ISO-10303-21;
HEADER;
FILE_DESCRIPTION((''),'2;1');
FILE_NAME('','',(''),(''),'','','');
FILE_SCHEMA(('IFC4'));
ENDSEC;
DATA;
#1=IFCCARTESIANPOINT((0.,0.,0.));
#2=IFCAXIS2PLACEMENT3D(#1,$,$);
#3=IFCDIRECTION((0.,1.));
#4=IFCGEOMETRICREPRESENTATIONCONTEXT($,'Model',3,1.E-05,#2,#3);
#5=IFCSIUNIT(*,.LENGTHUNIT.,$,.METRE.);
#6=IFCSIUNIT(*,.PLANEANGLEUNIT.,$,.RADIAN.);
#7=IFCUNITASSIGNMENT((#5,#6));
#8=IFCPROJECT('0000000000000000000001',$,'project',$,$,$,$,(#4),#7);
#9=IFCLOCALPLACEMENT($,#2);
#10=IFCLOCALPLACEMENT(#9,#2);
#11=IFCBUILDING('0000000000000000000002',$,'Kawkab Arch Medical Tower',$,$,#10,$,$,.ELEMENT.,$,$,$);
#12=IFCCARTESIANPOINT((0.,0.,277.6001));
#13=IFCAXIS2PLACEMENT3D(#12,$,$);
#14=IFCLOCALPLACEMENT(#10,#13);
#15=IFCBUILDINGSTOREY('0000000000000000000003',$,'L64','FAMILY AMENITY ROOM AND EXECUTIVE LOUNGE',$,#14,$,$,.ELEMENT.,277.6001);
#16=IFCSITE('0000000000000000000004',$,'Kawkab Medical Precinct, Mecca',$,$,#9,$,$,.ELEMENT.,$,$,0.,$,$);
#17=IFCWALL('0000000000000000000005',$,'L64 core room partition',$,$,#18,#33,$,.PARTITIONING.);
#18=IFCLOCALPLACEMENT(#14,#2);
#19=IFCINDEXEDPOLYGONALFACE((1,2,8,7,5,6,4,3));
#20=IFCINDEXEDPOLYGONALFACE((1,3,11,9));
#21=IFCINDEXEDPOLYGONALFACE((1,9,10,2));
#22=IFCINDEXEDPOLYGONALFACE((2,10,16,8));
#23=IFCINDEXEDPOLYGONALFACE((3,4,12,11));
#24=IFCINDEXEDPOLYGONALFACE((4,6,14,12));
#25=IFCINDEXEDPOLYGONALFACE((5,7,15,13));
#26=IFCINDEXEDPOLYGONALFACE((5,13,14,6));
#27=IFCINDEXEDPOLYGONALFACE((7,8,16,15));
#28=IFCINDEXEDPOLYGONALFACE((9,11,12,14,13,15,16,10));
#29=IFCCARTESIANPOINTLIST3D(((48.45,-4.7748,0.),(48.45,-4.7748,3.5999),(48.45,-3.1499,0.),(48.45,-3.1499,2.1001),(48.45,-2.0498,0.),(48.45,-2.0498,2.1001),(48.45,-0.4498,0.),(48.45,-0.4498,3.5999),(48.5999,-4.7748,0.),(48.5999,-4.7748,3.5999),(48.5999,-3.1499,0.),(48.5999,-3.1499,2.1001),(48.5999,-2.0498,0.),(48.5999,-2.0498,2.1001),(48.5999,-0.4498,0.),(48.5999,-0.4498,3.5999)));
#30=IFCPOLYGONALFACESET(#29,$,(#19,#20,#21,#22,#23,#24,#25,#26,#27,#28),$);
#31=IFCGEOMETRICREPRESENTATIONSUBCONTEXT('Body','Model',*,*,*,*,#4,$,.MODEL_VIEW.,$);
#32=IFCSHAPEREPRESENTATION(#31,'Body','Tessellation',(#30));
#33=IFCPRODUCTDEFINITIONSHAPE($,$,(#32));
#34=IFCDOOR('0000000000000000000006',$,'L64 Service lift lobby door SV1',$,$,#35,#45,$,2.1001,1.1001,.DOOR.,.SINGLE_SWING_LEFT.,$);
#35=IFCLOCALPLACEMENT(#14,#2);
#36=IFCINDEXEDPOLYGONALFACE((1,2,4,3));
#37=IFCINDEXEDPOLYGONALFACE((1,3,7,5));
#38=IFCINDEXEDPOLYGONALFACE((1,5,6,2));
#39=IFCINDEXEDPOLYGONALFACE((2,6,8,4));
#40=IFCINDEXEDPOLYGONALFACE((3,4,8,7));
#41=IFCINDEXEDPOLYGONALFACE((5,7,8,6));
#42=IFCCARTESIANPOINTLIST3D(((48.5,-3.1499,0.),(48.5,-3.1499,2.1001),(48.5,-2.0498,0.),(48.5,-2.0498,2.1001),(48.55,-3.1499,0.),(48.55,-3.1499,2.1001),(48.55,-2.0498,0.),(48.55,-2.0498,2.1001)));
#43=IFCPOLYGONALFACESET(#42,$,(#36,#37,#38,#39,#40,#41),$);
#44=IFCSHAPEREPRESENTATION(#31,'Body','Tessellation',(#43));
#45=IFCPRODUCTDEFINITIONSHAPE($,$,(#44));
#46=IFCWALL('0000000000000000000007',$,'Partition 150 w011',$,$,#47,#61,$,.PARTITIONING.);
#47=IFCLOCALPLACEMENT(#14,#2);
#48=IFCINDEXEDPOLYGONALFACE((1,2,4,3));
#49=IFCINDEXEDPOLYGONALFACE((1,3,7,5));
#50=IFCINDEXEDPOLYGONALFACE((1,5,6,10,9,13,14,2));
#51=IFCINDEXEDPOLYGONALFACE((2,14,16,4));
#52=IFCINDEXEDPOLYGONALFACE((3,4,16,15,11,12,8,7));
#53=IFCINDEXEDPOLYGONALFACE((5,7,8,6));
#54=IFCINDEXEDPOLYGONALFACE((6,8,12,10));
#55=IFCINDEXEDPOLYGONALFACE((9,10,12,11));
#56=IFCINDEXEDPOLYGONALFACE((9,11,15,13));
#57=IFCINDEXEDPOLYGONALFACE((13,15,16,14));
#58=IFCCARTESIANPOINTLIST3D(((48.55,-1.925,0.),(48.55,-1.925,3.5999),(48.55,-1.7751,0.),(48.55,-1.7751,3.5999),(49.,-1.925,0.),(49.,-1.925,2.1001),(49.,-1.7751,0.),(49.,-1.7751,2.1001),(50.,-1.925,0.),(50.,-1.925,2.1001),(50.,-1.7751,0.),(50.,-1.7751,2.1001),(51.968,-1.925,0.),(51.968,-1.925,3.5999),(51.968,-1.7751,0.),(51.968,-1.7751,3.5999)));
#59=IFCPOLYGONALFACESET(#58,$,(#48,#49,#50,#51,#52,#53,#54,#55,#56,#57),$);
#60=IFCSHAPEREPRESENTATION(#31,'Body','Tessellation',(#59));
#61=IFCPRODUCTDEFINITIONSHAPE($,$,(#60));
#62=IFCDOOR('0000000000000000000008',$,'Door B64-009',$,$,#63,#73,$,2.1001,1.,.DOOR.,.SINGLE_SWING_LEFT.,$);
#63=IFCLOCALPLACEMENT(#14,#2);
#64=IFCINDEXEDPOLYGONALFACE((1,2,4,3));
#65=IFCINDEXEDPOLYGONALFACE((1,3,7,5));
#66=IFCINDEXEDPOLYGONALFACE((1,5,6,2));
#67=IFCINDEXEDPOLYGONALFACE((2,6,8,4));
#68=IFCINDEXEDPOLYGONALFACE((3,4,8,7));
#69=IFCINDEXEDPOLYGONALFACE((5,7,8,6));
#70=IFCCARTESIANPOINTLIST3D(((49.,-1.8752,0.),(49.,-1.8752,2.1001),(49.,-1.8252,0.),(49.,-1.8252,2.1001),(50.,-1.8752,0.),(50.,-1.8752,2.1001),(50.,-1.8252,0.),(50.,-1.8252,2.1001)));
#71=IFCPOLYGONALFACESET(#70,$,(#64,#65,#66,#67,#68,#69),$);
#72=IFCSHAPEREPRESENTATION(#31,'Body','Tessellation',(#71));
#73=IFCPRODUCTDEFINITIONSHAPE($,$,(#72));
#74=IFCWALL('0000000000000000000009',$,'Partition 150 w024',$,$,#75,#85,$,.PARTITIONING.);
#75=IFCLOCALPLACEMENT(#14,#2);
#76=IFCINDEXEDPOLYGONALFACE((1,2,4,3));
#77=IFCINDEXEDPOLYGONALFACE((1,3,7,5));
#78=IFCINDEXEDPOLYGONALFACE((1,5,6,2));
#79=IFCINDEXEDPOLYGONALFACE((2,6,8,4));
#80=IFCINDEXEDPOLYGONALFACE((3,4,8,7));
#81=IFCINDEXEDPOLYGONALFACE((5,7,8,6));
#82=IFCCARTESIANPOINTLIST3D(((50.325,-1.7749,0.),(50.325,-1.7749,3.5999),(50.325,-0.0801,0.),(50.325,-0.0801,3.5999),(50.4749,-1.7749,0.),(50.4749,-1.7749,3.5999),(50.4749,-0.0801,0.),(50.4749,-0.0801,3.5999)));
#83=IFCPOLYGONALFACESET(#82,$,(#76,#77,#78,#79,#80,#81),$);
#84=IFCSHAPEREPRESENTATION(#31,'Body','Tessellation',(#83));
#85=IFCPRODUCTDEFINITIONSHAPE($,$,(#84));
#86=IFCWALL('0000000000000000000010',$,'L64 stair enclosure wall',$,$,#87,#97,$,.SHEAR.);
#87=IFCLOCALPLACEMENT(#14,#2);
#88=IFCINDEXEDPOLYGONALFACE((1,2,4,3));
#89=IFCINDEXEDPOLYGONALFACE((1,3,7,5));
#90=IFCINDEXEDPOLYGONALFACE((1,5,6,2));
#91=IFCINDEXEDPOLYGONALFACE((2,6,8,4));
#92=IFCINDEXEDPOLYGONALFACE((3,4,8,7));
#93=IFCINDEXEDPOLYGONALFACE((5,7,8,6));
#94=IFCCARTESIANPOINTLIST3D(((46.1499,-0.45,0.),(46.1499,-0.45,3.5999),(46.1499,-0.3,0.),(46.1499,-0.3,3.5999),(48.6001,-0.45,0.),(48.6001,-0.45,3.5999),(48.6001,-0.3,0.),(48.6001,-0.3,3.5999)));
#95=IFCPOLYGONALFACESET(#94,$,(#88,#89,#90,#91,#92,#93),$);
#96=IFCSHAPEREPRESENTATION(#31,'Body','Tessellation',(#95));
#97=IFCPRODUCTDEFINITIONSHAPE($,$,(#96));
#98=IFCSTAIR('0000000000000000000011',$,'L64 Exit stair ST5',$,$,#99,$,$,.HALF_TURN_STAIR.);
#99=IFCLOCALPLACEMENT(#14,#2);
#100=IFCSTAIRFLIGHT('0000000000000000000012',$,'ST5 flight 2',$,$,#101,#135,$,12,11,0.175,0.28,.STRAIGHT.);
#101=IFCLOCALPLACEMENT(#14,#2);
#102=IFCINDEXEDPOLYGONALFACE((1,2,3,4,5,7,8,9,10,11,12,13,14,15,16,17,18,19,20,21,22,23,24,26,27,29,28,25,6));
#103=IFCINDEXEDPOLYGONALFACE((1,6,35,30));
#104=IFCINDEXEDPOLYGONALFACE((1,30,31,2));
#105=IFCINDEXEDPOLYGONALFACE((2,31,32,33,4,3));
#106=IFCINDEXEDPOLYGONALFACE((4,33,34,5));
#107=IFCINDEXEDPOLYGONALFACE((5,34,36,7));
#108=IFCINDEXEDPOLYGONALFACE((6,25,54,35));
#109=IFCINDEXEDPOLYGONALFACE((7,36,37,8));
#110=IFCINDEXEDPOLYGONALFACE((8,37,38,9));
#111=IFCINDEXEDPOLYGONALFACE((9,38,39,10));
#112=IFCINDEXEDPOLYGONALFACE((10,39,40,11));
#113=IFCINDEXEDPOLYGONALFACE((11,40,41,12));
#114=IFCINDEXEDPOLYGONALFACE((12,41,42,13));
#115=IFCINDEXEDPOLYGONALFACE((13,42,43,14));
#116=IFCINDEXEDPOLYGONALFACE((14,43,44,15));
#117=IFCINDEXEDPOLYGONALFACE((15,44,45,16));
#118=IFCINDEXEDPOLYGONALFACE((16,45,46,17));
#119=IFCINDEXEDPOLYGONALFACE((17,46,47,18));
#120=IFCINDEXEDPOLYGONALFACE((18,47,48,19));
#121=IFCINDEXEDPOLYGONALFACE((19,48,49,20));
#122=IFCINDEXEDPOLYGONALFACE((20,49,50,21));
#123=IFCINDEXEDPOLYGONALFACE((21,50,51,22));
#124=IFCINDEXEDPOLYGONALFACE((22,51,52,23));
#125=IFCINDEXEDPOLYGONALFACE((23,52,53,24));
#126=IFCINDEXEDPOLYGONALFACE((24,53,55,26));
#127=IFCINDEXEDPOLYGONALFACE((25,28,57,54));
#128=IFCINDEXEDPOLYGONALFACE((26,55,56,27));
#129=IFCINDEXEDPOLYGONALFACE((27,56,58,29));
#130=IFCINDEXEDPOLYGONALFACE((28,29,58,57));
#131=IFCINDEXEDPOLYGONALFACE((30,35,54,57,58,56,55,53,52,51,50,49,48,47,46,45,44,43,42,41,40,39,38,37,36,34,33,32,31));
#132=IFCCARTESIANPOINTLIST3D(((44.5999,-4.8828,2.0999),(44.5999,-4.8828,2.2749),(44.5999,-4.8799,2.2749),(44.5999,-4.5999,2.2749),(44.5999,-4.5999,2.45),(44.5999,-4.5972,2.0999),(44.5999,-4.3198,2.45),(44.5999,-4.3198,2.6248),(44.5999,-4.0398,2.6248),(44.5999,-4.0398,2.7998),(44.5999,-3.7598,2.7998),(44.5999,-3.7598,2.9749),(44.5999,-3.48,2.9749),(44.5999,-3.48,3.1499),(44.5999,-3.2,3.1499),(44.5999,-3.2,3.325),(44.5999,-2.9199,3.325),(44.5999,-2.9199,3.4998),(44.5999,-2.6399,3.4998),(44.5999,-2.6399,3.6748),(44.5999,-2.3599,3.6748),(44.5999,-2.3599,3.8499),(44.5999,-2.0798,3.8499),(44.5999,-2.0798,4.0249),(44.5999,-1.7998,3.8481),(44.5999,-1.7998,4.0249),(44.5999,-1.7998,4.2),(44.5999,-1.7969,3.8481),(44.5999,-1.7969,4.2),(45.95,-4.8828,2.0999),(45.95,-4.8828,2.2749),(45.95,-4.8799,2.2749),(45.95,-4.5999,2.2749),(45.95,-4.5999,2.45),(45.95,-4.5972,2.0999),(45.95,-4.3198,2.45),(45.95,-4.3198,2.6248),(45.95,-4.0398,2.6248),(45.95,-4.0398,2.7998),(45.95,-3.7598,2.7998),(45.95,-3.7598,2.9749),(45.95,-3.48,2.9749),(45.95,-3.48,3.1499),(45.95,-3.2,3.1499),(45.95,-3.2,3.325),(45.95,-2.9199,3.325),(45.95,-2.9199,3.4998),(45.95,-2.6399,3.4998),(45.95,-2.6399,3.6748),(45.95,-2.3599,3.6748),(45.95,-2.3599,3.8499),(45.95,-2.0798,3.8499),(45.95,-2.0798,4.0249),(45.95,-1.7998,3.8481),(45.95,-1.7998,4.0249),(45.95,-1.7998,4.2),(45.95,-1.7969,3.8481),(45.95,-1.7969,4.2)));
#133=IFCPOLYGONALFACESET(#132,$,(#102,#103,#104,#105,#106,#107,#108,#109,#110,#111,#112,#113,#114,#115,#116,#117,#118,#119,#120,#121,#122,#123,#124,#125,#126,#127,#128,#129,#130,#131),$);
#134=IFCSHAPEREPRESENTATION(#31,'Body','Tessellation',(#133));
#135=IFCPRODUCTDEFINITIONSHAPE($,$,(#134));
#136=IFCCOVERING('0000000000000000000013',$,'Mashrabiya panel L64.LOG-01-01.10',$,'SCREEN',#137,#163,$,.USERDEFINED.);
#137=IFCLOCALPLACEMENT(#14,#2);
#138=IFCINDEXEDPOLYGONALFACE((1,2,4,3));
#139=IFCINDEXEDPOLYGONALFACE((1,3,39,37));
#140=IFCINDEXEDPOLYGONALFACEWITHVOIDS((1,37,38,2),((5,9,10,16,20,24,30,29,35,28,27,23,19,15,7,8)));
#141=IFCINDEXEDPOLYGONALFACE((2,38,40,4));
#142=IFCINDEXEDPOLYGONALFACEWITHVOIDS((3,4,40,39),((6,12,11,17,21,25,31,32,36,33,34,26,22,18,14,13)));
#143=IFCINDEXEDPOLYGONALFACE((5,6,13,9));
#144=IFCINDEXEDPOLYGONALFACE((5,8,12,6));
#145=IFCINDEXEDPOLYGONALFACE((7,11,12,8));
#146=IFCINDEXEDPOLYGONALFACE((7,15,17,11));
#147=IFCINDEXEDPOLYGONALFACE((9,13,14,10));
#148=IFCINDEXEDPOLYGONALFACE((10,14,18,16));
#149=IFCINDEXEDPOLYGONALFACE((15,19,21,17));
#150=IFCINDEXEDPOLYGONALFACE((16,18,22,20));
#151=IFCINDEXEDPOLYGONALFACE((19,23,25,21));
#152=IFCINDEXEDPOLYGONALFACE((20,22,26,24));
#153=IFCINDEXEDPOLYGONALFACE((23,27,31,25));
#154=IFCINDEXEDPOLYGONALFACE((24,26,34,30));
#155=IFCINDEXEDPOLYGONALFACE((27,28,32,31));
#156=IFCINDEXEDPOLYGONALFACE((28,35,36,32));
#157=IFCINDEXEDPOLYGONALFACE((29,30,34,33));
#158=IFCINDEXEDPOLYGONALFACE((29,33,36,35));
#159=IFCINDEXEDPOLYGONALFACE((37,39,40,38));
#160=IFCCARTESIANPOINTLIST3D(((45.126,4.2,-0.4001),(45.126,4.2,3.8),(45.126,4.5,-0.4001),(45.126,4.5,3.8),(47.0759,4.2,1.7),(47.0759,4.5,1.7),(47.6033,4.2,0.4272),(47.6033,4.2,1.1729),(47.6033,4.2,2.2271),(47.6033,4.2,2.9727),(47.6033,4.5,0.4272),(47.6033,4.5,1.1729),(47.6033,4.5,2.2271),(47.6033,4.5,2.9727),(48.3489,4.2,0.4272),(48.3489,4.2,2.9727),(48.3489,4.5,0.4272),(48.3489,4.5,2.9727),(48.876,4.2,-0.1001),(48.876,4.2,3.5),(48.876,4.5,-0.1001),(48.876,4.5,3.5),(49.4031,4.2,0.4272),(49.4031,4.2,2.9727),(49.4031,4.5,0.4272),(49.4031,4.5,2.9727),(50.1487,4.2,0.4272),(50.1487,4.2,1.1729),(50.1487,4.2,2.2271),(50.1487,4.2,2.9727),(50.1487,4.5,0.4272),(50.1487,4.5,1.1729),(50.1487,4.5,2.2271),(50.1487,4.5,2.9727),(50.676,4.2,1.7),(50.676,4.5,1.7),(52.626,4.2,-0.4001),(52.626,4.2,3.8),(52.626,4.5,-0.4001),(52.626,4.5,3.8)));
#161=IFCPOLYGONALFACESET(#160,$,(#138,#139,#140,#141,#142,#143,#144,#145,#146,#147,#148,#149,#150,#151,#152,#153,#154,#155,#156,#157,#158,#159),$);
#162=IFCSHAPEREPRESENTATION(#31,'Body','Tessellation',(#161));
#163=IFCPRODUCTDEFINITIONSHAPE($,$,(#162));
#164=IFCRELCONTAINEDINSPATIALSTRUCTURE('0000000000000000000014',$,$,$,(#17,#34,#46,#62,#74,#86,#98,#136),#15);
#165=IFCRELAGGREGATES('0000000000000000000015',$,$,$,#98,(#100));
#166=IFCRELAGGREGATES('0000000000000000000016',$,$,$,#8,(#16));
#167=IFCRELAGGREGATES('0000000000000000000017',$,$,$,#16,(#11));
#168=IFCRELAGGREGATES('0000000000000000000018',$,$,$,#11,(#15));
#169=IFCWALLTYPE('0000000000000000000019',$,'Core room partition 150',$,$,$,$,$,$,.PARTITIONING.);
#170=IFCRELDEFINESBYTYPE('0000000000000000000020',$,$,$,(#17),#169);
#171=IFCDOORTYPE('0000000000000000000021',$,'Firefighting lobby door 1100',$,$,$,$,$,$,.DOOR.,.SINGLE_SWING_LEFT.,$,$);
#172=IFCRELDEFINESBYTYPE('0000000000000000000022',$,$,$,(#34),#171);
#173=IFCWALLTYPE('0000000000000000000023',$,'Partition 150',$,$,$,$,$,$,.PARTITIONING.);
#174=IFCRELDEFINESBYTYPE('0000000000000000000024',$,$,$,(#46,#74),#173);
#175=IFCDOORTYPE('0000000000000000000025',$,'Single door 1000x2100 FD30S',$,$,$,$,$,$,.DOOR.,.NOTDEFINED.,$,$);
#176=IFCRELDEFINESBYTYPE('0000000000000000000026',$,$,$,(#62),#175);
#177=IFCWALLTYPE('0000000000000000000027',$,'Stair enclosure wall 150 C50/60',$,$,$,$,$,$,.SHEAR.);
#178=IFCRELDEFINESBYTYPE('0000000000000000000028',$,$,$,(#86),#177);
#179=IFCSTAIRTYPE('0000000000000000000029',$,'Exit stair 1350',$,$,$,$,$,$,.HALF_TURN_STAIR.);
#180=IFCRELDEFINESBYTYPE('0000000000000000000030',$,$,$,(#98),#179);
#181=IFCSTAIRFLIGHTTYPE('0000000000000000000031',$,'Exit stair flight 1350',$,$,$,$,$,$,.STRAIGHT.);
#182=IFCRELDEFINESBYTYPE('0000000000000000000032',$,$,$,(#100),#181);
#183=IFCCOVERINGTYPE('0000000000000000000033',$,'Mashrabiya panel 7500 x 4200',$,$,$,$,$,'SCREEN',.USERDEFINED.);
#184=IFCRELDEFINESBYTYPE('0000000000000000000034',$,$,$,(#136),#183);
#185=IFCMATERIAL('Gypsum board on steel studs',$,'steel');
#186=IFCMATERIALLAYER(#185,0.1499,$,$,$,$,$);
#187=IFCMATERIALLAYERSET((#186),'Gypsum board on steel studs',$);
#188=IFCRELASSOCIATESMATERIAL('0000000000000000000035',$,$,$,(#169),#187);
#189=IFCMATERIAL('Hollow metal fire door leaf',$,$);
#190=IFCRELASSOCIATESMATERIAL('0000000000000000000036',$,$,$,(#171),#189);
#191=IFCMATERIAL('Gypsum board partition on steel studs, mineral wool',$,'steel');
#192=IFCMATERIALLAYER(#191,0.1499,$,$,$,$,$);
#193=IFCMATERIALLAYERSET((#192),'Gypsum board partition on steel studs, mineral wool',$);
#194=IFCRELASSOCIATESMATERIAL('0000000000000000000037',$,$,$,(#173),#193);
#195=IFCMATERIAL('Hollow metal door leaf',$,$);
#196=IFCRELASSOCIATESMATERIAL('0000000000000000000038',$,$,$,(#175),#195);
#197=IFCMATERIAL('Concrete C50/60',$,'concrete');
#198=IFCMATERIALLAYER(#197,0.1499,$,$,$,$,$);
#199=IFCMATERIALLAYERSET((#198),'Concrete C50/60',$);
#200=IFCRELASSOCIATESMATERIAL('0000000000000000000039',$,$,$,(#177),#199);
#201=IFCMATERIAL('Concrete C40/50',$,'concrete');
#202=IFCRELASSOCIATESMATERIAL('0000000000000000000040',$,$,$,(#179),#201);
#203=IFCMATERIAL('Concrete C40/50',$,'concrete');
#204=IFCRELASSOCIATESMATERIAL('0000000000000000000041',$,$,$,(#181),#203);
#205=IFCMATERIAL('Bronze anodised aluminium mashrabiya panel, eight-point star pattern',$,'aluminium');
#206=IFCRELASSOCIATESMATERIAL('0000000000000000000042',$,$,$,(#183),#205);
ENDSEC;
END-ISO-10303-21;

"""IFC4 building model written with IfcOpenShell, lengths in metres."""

from ifc_helpers import new_model, si_unit, direction, frame, frame_2d, origin, place, context, subcontext, project, spatial, polyline, rectangle, outline, extrude, material, layer, layer_set, material_profile, profile_set, type_object, element, fill, aggregate, save


model = new_model("IFC4")

# Units and contexts
model_context = context("Model", 3, precision=1e-05, world=origin(), true_north=direction((0.0, 1.0)))
body_context = subcontext(model_context, "Body", "Model", "MODEL_VIEW")
ifc_project = project(units=[si_unit("LENGTHUNIT", "METRE"), si_unit("PLANEANGLEUNIT", "RADIAN")], contexts=[model_context])

# Site, building, storey
site_placement = place(None, origin())
site = spatial("IfcSite", under=ifc_project, at=site_placement, Name="Kawkab Medical Precinct, Mecca", CompositionType="ELEMENT", RefElevation=0.0)
building_placement = place(site_placement, origin())
building = spatial("IfcBuilding", under=site, at=building_placement, Name="Kawkab Arch Medical Tower", CompositionType="ELEMENT")
storey_placement = place(building_placement, frame((0.0, 0.0, 277.6001)))
storey = spatial("IfcBuildingStorey", under=building, at=storey_placement, Name="L64", Description="FAMILY AMENITY ROOM AND EXECUTIVE LOUNGE", CompositionType="ELEMENT", Elevation=277.6001)

# Shared definitions
placement = place(storey_placement, origin())

# Walls, openings, doors
ifc_material_1 = material(Name="Gypsum board on steel studs", Category="steel")
ifc_layer_1 = layer(ifc_material_1, 0.1499)
ifc_layer_set_1 = layer_set([ifc_layer_1], Name="Gypsum board on steel studs")
wall_type_1 = type_object("IfcWallType", Name="Core room partition 150", PredefinedType="PARTITIONING", material=ifc_layer_set_1)
wall_1_placement = place(storey_placement, frame((48.5249, -4.7749, 0.0), z_axis=(0.0, 0.0, 1.0), x_axis=(0.0, 1.0, 0.0)))
wall_1 = element("IfcWall", 1, at=wall_1_placement, inside=storey, type_object=wall_type_1, Name="L64 core room partition", PredefinedType="PARTITIONING", context=body_context, shape_type="SweptSolid", body=[
    extrude(rectangle(XDim=4.325, YDim=0.1499, at=frame_2d((2.1626, 0.0))), origin(), (0.0, 0.0, 1.0), 3.5999),
])
opening_1_placement = place(wall_1_placement, frame((1.625, 0.0, 0.0)))
opening_1 = element("IfcOpeningElement", 2, at=opening_1_placement, cuts=wall_1, PredefinedType="OPENING", context=body_context, shape_type="SweptSolid", body=[
    extrude(rectangle(XDim=1.1001, YDim=2.1001, at=frame_2d((0.55, 1.05))), frame((0.0, 0.085, 0.0), z_axis=(0.0, -1.0, 0.0), x_axis=(1.0, 0.0, 0.0)), (0.0, 0.0, 1.0), 0.1699),
])
ifc_material_2 = material(Name="Hollow metal fire door leaf")
door_type_1 = type_object("IfcDoorType", Name="Firefighting lobby door 1100", OperationType="SINGLE_SWING_LEFT", PredefinedType="DOOR", material=ifc_material_2)
door_1_placement = place(opening_1_placement, origin())
door_1 = element("IfcDoor", 3, at=door_1_placement, inside=storey, type_object=door_type_1, Name="L64 Service lift lobby door SV1", OperationType="SINGLE_SWING_LEFT", OverallHeight=2.1001, OverallWidth=1.1001, PredefinedType="DOOR", context=body_context, shape_type="SweptSolid", body=[
    extrude(rectangle(XDim=1.1001, YDim=2.1001, at=frame_2d((0.55, 1.05))), frame((0.0, 0.0249, 0.0), z_axis=(0.0, -1.0, 0.0), x_axis=(1.0, 0.0, 0.0)), (0.0, 0.0, 1.0), 0.05),
])
fill(opening_1, door_1)
ifc_material_3 = material(Name="Gypsum board partition on steel studs, mineral wool", Category="steel")
ifc_layer_2 = layer(ifc_material_3, 0.1499)
ifc_layer_set_2 = layer_set([ifc_layer_2], Name="Gypsum board partition on steel studs, mineral wool")
wall_type_2 = type_object("IfcWallType", Name="Partition 150", PredefinedType="PARTITIONING", material=ifc_layer_set_2)
wall_2_placement = place(storey_placement, frame((48.55, -1.8501, 0.0), z_axis=(0.0, 0.0, 1.0), x_axis=(1.0, 0.0, 0.0)))
wall_2 = element("IfcWall", 4, at=wall_2_placement, inside=storey, type_object=wall_type_2, Name="Partition 150 w011", PredefinedType="PARTITIONING", context=body_context, shape_type="SweptSolid", body=[
    extrude(rectangle(XDim=3.418, YDim=0.1499, at=frame_2d((1.709, 0.0))), origin(), (0.0, 0.0, 1.0), 3.5999),
])
opening_2_placement = place(wall_2_placement, frame((0.45, 0.0, 0.0)))
opening_2 = element("IfcOpeningElement", 5, at=opening_2_placement, cuts=wall_2, PredefinedType="OPENING", context=body_context, shape_type="SweptSolid", body=[
    extrude(rectangle(XDim=1.0, YDim=2.1001, at=frame_2d((0.5, 1.05))), frame((0.0, 0.085, 0.0), z_axis=(0.0, -1.0, 0.0), x_axis=(1.0, 0.0, 0.0)), (0.0, 0.0, 1.0), 0.1699),
])
ifc_material_4 = material(Name="Hollow metal door leaf")
door_type_2 = type_object("IfcDoorType", Name="Single door 1000x2100 FD30S", OperationType="NOTDEFINED", PredefinedType="DOOR", material=ifc_material_4)
door_2_placement = place(opening_2_placement, origin())
door_2 = element("IfcDoor", 6, at=door_2_placement, inside=storey, type_object=door_type_2, Name="Door B64-009", OperationType="SINGLE_SWING_LEFT", OverallHeight=2.1001, OverallWidth=1.0, PredefinedType="DOOR", context=body_context, shape_type="SweptSolid", body=[
    extrude(rectangle(XDim=1.0, YDim=2.1001, at=frame_2d((0.5, 1.05))), frame((0.0, 0.0249, 0.0), z_axis=(0.0, -1.0, 0.0), x_axis=(1.0, 0.0, 0.0)), (0.0, 0.0, 1.0), 0.05),
])
fill(opening_2, door_2)

# Walls
wall_3_placement = place(storey_placement, frame((50.3999, -1.7749, 0.0), z_axis=(0.0, 0.0, 1.0), x_axis=(0.0, 1.0, 0.0)))
element("IfcWall", 7, at=wall_3_placement, inside=storey, type_object=wall_type_2, Name="Partition 150 w024", PredefinedType="PARTITIONING", context=body_context, shape_type="SweptSolid", body=[
    extrude(rectangle(XDim=1.6948, YDim=0.1499, at=frame_2d((0.8474, 0.0))), origin(), (0.0, 0.0, 1.0), 3.5999),
])
ifc_material_5 = material(Name="Concrete C50/60", Category="concrete")
ifc_layer_3 = layer(ifc_material_5, 0.1499)
ifc_layer_set_3 = layer_set([ifc_layer_3], Name="Concrete C50/60")
wall_type_3 = type_object("IfcWallType", Name="Stair enclosure wall 150 C50/60", PredefinedType="SHEAR", material=ifc_layer_set_3)
wall_4_placement = place(storey_placement, frame((46.1499, -0.375, 0.0), z_axis=(0.0, 0.0, 1.0), x_axis=(1.0, 0.0, 0.0)))
element("IfcWall", 8, at=wall_4_placement, inside=storey, type_object=wall_type_3, Name="L64 stair enclosure wall", PredefinedType="SHEAR", context=body_context, shape_type="SweptSolid", body=[
    extrude(rectangle(XDim=2.4502, YDim=0.1499, at=frame_2d((1.2251, 0.0))), origin(), (0.0, 0.0, 1.0), 3.5999),
])

# Stair, stair flight
ifc_material_6 = material(Name="Concrete C40/50", Category="concrete")
stair_type = type_object("IfcStairType", Name="Exit stair 1350", PredefinedType="HALF_TURN_STAIR", material=ifc_material_6)
stair = element("IfcStair", 9, at=placement, inside=storey, type_object=stair_type, Name="L64 Exit stair ST5", PredefinedType="HALF_TURN_STAIR")
ifc_material_7 = material(Name="Concrete C40/50", Category="concrete")
stair_flight_type = type_object("IfcStairFlightType", Name="Exit stair flight 1350", PredefinedType="STRAIGHT", material=ifc_material_7)
stair_flight_placement = place(storey_placement, frame((45.2749, -4.8799, 2.0999), z_axis=(0.0, 0.0, 1.0), x_axis=(0.0, 1.0, 0.0)))
stair_flight = element("IfcStairFlight", 10, at=stair_flight_placement, type_object=stair_flight_type, Name="ST5 flight 2", NumberOfRisers=12, NumberOfTreads=11, PredefinedType="STRAIGHT", RiserHeight=0.175, TreadLength=0.28, context=body_context, shape_type="SweptSolid", body=[
    extrude(outline(polyline([(-0.0029, 0.0), (-0.0029, 0.175), (0.0, 0.175), (0.28, 0.175), (0.28, 0.3501), (0.5601, 0.3501), (0.5601, 0.5249), (0.8401, 0.5249), (0.8401, 0.7), (1.1201, 0.7), (1.1201, 0.875), (1.3999, 0.875), (1.3999, 1.05), (1.6799, 1.05), (1.6799, 1.2251), (1.96, 1.2251), (1.96, 1.3999), (2.24, 1.3999), (2.24, 1.575), (2.52, 1.575), (2.52, 1.75), (2.8, 1.75), (2.8, 1.925), (3.0801, 1.925), (3.0801, 2.1001), (3.083, 2.1001), (3.083, 1.7483), (3.0801, 1.7483), (0.2827, 0.0), (-0.0029, 0.0)])), frame((0.0, 0.675, 0.0), z_axis=(0.0, -1.0, 0.0), x_axis=(1.0, 0.0, 0.0)), (0.0, 0.0, 1.0), 1.3501),
])
aggregate(stair, [stair_flight])

# Covering
ifc_material_8 = material(Name="Bronze anodised aluminium mashrabiya panel, eight-point star pattern", Category="aluminium")
ifc_material_profile_1 = material_profile(ifc_material_8, outline(polyline([(-3.75, -2.1001), (3.75, -2.1001), (3.75, 2.1001), (-3.75, 2.1001), (-3.75, -2.1001)]), holes=[polyline([(1.8, 0.0), (1.2727, 0.5271), (1.2727, 1.2727), (0.5271, 1.2727), (0.0, 1.8), (-0.5271, 1.2727), (-1.2727, 1.2727), (-1.2727, 0.5271), (-1.8, 0.0), (-1.2727, -0.5271), (-1.2727, -1.2727), (-0.5271, -1.2727), (0.0, -1.8), (0.5271, -1.2727), (1.2727, -1.2727), (1.2727, -0.5271), (1.8, 0.0)])]), Name="Mashrabiya panel 7500x4200")
ifc_profile_set_1 = profile_set([ifc_material_profile_1], Name="Bronze anodised aluminium mashrabiya panel, eight-point star pattern")
covering_type = type_object("IfcCoveringType", Name="Mashrabiya panel 7500 x 4200", ElementType="SCREEN", PredefinedType="USERDEFINED", material=ifc_profile_set_1)
covering_placement = place(storey_placement, frame((48.876, 4.2, 1.7), z_axis=(0.0, 1.0, 0.0), x_axis=(-1.0, 0.0, 0.0)))
element("IfcCovering", 11, at=covering_placement, inside=storey, type_object=covering_type, Name="Mashrabiya panel L64.LOG-01-01.10", ObjectType="SCREEN", PredefinedType="USERDEFINED", context=body_context, shape_type="SweptSolid", body=[
    extrude(outline(polyline([(-3.75, -2.1001), (3.75, -2.1001), (3.75, 2.1001), (-3.75, 2.1001), (-3.75, -2.1001)]), holes=[polyline([(1.8, 0.0), (1.2727, 0.5271), (1.2727, 1.2727), (0.5271, 1.2727), (0.0, 1.8), (-0.5271, 1.2727), (-1.2727, 1.2727), (-1.2727, 0.5271), (-1.8, 0.0), (-1.2727, -0.5271), (-1.2727, -1.2727), (-0.5271, -1.2727), (0.0, -1.8), (0.5271, -1.2727), (1.2727, -1.2727), (1.2727, -0.5271), (1.8, 0.0)])]), origin(), (0.0, 0.0, 1.0), 0.3),
])

save(model, "model.ifc")
